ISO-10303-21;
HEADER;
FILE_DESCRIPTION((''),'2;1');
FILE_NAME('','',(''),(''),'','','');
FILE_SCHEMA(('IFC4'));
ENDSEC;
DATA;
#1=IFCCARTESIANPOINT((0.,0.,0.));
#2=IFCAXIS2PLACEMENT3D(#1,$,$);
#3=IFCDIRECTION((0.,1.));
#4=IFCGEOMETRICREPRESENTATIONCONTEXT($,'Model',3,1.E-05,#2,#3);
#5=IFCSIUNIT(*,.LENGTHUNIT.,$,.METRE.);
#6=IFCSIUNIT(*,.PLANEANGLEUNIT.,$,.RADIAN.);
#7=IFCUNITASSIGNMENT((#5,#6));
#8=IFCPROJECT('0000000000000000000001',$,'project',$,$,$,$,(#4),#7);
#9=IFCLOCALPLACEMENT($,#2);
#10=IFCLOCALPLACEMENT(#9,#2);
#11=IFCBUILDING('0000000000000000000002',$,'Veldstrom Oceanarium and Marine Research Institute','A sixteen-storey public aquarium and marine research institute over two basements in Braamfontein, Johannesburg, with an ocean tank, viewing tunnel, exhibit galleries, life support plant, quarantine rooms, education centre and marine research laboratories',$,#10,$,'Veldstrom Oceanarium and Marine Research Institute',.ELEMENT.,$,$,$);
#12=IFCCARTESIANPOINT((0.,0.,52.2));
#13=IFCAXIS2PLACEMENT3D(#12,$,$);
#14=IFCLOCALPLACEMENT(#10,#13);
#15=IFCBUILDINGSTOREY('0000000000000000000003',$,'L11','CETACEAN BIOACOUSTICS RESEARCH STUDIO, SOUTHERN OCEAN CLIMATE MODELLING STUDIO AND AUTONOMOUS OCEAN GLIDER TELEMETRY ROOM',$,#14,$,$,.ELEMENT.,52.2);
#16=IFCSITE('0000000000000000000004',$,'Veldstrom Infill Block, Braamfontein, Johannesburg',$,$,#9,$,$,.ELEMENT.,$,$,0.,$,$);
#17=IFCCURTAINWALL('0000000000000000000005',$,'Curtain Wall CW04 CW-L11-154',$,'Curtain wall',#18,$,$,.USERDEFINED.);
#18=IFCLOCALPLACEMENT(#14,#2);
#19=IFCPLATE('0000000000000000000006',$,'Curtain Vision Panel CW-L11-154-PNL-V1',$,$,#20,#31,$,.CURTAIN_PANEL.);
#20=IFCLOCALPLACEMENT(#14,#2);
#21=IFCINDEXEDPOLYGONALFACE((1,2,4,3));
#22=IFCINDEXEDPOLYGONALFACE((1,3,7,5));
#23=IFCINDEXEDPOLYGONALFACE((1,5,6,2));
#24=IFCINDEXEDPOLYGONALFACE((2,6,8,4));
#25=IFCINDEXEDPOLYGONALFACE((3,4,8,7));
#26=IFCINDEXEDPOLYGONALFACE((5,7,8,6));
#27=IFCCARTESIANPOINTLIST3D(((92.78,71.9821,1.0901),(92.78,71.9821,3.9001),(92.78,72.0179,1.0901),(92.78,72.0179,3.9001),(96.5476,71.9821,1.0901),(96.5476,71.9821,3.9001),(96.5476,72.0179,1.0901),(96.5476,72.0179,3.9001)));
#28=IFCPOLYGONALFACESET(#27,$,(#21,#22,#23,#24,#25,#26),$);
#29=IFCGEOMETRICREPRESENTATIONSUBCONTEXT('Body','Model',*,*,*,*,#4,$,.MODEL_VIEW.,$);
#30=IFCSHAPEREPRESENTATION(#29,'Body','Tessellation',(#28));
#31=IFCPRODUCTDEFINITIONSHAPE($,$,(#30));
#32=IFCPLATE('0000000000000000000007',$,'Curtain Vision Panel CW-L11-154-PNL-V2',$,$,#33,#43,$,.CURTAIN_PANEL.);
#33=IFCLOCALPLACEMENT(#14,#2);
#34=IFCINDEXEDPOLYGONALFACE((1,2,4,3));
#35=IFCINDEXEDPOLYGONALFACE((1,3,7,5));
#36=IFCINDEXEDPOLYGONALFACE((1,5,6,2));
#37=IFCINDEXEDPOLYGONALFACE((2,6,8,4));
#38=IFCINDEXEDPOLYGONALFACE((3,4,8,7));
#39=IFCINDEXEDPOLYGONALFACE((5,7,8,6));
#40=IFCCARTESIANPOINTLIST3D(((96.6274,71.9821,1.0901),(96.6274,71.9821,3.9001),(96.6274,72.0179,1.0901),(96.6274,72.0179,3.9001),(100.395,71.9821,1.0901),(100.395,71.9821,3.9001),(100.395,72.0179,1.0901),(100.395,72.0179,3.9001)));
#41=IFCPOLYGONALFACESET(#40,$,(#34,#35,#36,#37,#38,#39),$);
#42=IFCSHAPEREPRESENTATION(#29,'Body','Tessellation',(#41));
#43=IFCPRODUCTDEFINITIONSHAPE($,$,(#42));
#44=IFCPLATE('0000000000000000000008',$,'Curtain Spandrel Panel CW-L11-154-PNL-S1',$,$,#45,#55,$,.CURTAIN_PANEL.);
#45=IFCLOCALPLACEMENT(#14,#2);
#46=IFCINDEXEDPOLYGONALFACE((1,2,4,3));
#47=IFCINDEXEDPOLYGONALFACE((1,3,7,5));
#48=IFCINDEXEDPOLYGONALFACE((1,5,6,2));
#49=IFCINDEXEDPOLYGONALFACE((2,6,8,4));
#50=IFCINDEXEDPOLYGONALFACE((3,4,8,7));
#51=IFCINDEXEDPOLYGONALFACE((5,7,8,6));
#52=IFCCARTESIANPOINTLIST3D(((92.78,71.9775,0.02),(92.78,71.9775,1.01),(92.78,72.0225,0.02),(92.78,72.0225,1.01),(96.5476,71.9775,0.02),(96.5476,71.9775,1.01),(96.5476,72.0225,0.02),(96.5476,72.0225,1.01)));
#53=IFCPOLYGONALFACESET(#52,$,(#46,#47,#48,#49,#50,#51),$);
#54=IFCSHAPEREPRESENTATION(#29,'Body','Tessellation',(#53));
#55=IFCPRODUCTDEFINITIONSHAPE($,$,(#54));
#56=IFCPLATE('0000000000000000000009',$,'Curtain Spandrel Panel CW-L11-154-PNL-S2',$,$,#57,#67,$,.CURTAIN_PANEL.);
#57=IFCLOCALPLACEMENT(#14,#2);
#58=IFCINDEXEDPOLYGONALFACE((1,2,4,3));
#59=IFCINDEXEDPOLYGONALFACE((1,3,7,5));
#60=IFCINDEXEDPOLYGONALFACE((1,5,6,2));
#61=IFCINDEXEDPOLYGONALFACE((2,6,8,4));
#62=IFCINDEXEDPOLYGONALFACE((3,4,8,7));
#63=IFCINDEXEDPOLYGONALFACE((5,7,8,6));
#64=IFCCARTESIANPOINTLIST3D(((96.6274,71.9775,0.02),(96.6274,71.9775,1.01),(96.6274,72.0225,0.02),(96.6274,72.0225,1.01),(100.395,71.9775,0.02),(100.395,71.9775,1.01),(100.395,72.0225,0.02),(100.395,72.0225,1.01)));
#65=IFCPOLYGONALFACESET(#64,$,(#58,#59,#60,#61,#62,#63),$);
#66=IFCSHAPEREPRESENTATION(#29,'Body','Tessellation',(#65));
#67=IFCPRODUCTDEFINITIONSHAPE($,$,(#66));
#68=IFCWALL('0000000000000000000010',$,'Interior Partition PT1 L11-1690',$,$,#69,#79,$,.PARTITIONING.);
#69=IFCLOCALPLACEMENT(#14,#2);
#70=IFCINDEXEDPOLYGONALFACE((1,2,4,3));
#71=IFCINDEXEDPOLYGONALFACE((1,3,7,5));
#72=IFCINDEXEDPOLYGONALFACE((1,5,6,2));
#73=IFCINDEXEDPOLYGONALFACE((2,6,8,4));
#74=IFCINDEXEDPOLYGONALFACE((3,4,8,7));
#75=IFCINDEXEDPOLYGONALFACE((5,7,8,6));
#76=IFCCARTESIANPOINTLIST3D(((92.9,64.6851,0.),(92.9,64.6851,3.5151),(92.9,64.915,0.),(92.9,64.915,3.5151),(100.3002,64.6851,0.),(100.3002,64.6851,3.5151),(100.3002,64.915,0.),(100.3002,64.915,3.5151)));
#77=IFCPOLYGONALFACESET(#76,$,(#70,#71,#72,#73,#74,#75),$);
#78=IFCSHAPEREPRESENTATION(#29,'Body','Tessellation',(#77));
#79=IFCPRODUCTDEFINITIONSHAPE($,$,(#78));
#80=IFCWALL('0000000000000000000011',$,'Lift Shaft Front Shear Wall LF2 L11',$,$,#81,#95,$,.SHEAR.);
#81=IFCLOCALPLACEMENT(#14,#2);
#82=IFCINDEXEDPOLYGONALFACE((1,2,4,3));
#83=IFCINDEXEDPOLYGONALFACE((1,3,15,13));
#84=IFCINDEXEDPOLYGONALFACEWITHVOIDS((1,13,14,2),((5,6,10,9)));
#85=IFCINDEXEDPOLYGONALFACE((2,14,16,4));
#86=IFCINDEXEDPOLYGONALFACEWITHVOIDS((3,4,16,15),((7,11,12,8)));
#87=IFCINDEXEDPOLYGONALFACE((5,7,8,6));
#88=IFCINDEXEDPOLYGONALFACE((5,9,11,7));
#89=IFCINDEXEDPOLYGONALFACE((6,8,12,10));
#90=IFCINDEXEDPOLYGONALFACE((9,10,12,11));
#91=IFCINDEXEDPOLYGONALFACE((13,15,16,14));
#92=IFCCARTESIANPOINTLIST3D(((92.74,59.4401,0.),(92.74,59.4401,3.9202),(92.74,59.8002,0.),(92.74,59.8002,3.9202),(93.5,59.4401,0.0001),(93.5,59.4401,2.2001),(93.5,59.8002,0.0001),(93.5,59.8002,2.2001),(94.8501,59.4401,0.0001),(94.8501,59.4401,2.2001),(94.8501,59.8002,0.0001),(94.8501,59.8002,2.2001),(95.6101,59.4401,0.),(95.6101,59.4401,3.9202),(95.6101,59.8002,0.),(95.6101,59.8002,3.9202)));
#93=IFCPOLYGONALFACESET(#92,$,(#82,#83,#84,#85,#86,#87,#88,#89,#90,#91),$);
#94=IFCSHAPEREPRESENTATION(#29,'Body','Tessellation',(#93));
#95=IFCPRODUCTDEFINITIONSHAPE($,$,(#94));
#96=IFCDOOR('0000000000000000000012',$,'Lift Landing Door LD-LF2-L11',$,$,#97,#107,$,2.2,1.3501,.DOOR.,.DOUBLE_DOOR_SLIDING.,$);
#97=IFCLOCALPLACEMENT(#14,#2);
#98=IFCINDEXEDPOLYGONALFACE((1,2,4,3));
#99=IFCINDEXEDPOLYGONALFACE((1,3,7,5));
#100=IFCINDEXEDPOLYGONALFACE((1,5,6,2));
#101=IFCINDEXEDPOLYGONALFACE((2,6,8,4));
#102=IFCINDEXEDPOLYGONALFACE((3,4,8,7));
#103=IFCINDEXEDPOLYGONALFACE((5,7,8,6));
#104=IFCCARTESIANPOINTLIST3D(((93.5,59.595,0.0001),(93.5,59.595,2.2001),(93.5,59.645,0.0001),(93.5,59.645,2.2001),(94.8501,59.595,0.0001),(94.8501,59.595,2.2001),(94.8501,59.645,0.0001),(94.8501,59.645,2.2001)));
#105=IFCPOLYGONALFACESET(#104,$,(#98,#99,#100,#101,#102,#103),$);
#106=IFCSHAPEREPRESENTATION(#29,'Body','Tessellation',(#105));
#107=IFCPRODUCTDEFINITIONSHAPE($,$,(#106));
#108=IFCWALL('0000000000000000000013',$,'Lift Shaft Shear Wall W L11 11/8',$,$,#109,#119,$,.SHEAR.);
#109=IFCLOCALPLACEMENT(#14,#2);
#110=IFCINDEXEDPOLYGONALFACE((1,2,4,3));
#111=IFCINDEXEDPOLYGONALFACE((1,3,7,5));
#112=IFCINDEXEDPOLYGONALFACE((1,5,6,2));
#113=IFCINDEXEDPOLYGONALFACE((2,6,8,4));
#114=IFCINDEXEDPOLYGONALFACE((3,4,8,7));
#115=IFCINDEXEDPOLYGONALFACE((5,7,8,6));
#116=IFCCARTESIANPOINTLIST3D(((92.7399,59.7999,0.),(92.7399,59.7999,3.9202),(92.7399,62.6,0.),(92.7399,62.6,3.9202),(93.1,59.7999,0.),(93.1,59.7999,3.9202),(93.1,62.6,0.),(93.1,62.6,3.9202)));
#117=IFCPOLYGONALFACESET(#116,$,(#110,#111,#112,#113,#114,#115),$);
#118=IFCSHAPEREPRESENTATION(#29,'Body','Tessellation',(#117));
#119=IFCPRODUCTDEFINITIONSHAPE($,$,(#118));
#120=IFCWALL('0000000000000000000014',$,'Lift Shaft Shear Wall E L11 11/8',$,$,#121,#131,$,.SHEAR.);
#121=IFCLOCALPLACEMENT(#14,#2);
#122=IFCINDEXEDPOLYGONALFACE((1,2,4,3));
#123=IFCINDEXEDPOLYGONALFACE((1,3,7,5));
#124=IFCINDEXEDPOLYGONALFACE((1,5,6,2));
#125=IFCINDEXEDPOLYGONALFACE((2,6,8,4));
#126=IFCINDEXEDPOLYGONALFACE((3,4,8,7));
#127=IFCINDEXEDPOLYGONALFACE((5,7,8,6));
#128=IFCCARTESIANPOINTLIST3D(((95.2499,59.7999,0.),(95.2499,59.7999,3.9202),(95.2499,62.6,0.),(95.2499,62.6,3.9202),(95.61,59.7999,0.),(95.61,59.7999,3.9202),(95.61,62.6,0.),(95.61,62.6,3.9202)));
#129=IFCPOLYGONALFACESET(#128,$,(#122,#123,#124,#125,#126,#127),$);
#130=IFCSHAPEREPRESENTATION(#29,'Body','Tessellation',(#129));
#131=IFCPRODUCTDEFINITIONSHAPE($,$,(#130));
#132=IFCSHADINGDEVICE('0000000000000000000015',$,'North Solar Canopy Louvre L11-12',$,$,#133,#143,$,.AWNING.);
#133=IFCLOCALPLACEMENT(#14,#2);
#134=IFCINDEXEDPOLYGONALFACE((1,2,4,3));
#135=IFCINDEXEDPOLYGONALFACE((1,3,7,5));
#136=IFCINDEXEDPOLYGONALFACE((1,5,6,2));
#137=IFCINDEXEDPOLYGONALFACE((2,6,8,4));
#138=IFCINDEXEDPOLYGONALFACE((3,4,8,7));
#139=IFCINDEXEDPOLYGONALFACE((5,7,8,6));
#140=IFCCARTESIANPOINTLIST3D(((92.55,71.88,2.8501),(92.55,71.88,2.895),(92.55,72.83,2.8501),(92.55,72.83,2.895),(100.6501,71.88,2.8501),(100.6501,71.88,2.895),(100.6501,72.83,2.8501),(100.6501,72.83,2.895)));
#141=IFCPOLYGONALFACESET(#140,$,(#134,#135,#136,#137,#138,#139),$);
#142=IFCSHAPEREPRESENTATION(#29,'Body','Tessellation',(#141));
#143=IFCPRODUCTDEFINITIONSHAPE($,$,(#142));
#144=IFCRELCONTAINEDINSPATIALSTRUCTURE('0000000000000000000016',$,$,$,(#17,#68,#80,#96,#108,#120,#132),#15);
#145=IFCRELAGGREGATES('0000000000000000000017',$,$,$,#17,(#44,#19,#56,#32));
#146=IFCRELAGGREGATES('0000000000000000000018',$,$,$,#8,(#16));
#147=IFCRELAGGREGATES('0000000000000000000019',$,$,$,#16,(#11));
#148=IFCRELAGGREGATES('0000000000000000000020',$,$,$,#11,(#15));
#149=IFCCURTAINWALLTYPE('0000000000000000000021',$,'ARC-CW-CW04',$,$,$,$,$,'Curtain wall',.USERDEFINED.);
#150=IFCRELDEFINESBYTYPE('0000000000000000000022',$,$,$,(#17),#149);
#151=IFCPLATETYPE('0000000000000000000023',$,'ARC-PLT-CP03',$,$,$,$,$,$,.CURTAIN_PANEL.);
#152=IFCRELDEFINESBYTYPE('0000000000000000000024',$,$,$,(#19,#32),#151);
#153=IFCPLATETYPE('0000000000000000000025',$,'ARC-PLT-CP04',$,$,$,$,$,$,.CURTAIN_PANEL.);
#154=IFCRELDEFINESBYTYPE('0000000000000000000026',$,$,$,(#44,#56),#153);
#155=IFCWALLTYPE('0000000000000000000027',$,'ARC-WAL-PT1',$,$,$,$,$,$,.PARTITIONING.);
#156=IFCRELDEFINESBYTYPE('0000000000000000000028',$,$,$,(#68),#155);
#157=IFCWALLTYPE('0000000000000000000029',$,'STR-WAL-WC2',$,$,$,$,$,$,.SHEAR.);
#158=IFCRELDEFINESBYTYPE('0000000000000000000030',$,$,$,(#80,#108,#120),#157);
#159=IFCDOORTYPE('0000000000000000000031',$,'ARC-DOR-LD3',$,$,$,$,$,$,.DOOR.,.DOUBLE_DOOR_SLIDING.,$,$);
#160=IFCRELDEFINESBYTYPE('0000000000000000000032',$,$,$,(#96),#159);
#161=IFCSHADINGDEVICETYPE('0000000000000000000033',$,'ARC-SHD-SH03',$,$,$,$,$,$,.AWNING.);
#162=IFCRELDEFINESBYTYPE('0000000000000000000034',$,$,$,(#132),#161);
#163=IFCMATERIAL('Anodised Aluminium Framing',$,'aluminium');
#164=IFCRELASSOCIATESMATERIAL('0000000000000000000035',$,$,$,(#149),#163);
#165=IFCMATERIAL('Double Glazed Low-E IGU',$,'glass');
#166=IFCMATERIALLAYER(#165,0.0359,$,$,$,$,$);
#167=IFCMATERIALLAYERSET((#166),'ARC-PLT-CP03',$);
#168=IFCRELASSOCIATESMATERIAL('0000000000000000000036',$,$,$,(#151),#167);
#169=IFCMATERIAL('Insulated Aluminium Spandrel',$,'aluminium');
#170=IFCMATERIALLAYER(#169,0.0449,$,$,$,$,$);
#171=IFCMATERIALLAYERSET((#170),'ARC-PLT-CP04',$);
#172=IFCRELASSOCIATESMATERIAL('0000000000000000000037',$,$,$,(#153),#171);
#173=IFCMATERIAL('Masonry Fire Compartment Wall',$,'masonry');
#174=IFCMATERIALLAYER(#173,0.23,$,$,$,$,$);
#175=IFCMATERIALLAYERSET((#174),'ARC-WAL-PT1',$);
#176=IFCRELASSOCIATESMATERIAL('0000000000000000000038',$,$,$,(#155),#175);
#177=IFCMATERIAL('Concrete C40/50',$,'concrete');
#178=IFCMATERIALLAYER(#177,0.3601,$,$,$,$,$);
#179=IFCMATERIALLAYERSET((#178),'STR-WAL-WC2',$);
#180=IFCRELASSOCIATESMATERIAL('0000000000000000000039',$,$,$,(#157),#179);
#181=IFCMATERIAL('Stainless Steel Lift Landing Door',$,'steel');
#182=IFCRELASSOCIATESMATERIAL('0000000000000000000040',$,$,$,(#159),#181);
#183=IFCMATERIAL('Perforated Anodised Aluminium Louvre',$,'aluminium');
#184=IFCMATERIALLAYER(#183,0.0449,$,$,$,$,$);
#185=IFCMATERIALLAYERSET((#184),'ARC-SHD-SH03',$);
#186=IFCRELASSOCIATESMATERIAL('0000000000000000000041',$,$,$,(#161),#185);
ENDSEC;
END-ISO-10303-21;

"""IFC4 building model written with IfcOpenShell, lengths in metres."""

from ifc_helpers import new_model, si_unit, direction, frame, frame_2d, origin, origin_2d, place, context, subcontext, project, spatial, rectangle, extrude, material, layer, layer_set, type_object, element, fill, aggregate, save


model = new_model("IFC4")

# Units and contexts
model_context = context("Model", 3, precision=1e-05, world=origin(), true_north=direction((0.0, 1.0)))
body_context = subcontext(model_context, "Body", "Model", "MODEL_VIEW")
ifc_project = project(units=[si_unit("LENGTHUNIT", "METRE"), si_unit("PLANEANGLEUNIT", "RADIAN")], contexts=[model_context])

# Site, building, storey
site_placement = place(None, origin())
site = spatial("IfcSite", under=ifc_project, at=site_placement, Name="Veldstrom Infill Block, Braamfontein, Johannesburg", CompositionType="ELEMENT", RefElevation=0.0)
building_placement = place(site_placement, origin())
building = spatial("IfcBuilding", under=site, at=building_placement, Name="Veldstrom Oceanarium and Marine Research Institute", Description="A sixteen-storey public aquarium and marine research institute over two basements in Braamfontein, Johannesburg, with an ocean tank, viewing tunnel, exhibit galleries, life support plant, quarantine rooms, education centre and marine research laboratories", LongName="Veldstrom Oceanarium and Marine Research Institute", CompositionType="ELEMENT")
storey_placement = place(building_placement, frame((0.0, 0.0, 52.2)))
storey = spatial("IfcBuildingStorey", under=building, at=storey_placement, Name="L11", Description="CETACEAN BIOACOUSTICS RESEARCH STUDIO, SOUTHERN OCEAN CLIMATE MODELLING STUDIO AND AUTONOMOUS OCEAN GLIDER TELEMETRY ROOM", CompositionType="ELEMENT", Elevation=52.2)

# Curtain wall
ifc_material_1 = material(Name="Anodised Aluminium Framing", Category="aluminium")
curtain_wall_type = type_object("IfcCurtainWallType", Name="ARC-CW-CW04", ElementType="Curtain wall", PredefinedType="USERDEFINED", material=ifc_material_1)
curtain_wall_placement = place(storey_placement, origin())
curtain_wall = element("IfcCurtainWall", 1, at=curtain_wall_placement, inside=storey, type_object=curtain_wall_type, Name="Curtain Wall CW04 CW-L11-154", ObjectType="Curtain wall", PredefinedType="USERDEFINED")

# Plates
ifc_material_2 = material(Name="Double Glazed Low-E IGU", Category="glass")
ifc_layer_1 = layer(ifc_material_2, 0.0359)
ifc_layer_set_1 = layer_set([ifc_layer_1], Name="ARC-PLT-CP03")
plate_type_1 = type_object("IfcPlateType", Name="ARC-PLT-CP03", PredefinedType="CURTAIN_PANEL", material=ifc_layer_set_1)
plate_1_placement = place(storey_placement, frame((94.6638, 72.0, 1.0901), z_axis=(0.0, 0.0, 1.0), x_axis=(1.0, 0.0, 0.0)))
plate_1 = element("IfcPlate", 2, at=plate_1_placement, type_object=plate_type_1, Name="Curtain Vision Panel CW-L11-154-PNL-V1", PredefinedType="CURTAIN_PANEL", context=body_context, shape_type="SweptSolid", body=[
    extrude(rectangle(XDim=3.7676, YDim=0.0359, at=origin_2d()), origin(), (0.0, 0.0, 1.0), 2.8101),
])
plate_2_placement = place(storey_placement, frame((98.5112, 72.0, 1.0901), z_axis=(0.0, 0.0, 1.0), x_axis=(1.0, 0.0, 0.0)))
plate_2 = element("IfcPlate", 3, at=plate_2_placement, type_object=plate_type_1, Name="Curtain Vision Panel CW-L11-154-PNL-V2", PredefinedType="CURTAIN_PANEL", context=body_context, shape_type="SweptSolid", body=[
    extrude(rectangle(XDim=3.7676, YDim=0.0359, at=origin_2d()), origin(), (0.0, 0.0, 1.0), 2.8101),
])
ifc_material_3 = material(Name="Insulated Aluminium Spandrel", Category="aluminium")
ifc_layer_2 = layer(ifc_material_3, 0.0449)
ifc_layer_set_2 = layer_set([ifc_layer_2], Name="ARC-PLT-CP04")
plate_type_2 = type_object("IfcPlateType", Name="ARC-PLT-CP04", PredefinedType="CURTAIN_PANEL", material=ifc_layer_set_2)
plate_3_placement = place(storey_placement, frame((94.6638, 72.0, 0.02), z_axis=(0.0, 0.0, 1.0), x_axis=(1.0, 0.0, 0.0)))
plate_3 = element("IfcPlate", 4, at=plate_3_placement, type_object=plate_type_2, Name="Curtain Spandrel Panel CW-L11-154-PNL-S1", PredefinedType="CURTAIN_PANEL", context=body_context, shape_type="SweptSolid", body=[
    extrude(rectangle(XDim=3.7676, YDim=0.0449, at=origin_2d()), origin(), (0.0, 0.0, 1.0), 0.99),
])
plate_4_placement = place(storey_placement, frame((98.5112, 72.0, 0.02), z_axis=(0.0, 0.0, 1.0), x_axis=(1.0, 0.0, 0.0)))
plate_4 = element("IfcPlate", 5, at=plate_4_placement, type_object=plate_type_2, Name="Curtain Spandrel Panel CW-L11-154-PNL-S2", PredefinedType="CURTAIN_PANEL", context=body_context, shape_type="SweptSolid", body=[
    extrude(rectangle(XDim=3.7676, YDim=0.0449, at=origin_2d()), origin(), (0.0, 0.0, 1.0), 0.99),
])
aggregate(curtain_wall, [plate_3, plate_1, plate_4, plate_2])

# Wall
ifc_material_4 = material(Name="Masonry Fire Compartment Wall", Category="masonry")
ifc_layer_3 = layer(ifc_material_4, 0.23)
ifc_layer_set_3 = layer_set([ifc_layer_3], Name="ARC-WAL-PT1")
wall_type_1 = type_object("IfcWallType", Name="ARC-WAL-PT1", PredefinedType="PARTITIONING", material=ifc_layer_set_3)
wall_1_placement = place(storey_placement, frame((92.8999, 64.8, 0.0), z_axis=(0.0, 0.0, 1.0), x_axis=(1.0, 0.0, 0.0)))
element("IfcWall", 6, at=wall_1_placement, inside=storey, type_object=wall_type_1, Name="Interior Partition PT1 L11-1690", PredefinedType="PARTITIONING", context=body_context, shape_type="SweptSolid", body=[
    extrude(rectangle(XDim=7.4001, YDim=0.23, at=frame_2d((3.7002, 0.0))), origin(), (0.0, 0.0, 1.0), 3.5151),
])

# Wall, opening, door
ifc_material_5 = material(Name="Concrete C40/50", Category="concrete")
ifc_layer_4 = layer(ifc_material_5, 0.3601)
ifc_layer_set_4 = layer_set([ifc_layer_4], Name="STR-WAL-WC2")
wall_type_2 = type_object("IfcWallType", Name="STR-WAL-WC2", PredefinedType="SHEAR", material=ifc_layer_set_4)
wall_2_placement = place(storey_placement, frame((92.74, 59.6201, 0.0), z_axis=(0.0, 0.0, 1.0), x_axis=(1.0, 0.0, 0.0)))
wall_2 = element("IfcWall", 7, at=wall_2_placement, inside=storey, type_object=wall_type_2, Name="Lift Shaft Front Shear Wall LF2 L11", PredefinedType="SHEAR", context=body_context, shape_type="SweptSolid", body=[
    extrude(rectangle(XDim=2.8701, YDim=0.3601, at=frame_2d((1.4351, 0.0))), origin(), (0.0, 0.0, 1.0), 3.9202),
])
opening_placement = place(wall_2_placement, frame((0.76, 0.0, 0.0)))
opening = element("IfcOpeningElement", 8, at=opening_placement, cuts=wall_2, PredefinedType="OPENING", context=body_context, shape_type="SweptSolid", body=[
    extrude(rectangle(XDim=1.3501, YDim=2.2, at=frame_2d((0.675, 1.1001))), frame((0.0, 0.1899, 0.0), z_axis=(0.0, -1.0, 0.0), x_axis=(1.0, 0.0, 0.0)), (0.0, 0.0, 1.0), 0.3801),
])
ifc_material_6 = material(Name="Stainless Steel Lift Landing Door", Category="steel")
door_type = type_object("IfcDoorType", Name="ARC-DOR-LD3", OperationType="DOUBLE_DOOR_SLIDING", PredefinedType="DOOR", material=ifc_material_6)
door_placement = place(opening_placement, origin())
door = element("IfcDoor", 9, at=door_placement, inside=storey, type_object=door_type, Name="Lift Landing Door LD-LF2-L11", OperationType="DOUBLE_DOOR_SLIDING", OverallHeight=2.2, OverallWidth=1.3501, PredefinedType="DOOR", context=body_context, shape_type="SweptSolid", body=[
    extrude(rectangle(XDim=1.3501, YDim=2.2, at=frame_2d((0.675, 1.1001))), frame((0.0, 0.0249, 0.0), z_axis=(0.0, -1.0, 0.0), x_axis=(1.0, 0.0, 0.0)), (0.0, 0.0, 1.0), 0.05),
])
fill(opening, door)

# Walls
for number, where, z_axis, x_axis, name in (
    (10, (92.9199, 59.8, 0.0), (0.0, 0.0, 1.0), (0.0, 1.0, 0.0), "Lift Shaft Shear Wall W L11 11/8"),
    (11, (95.4299, 59.8, 0.0), (0.0, 0.0, 1.0), (0.0, 1.0, 0.0), "Lift Shaft Shear Wall E L11 11/8"),
):
    element("IfcWall", number, at=place(storey_placement, frame(where, z_axis=z_axis, x_axis=x_axis)), inside=storey, type_object=wall_type_2, Name=name, PredefinedType="SHEAR", context=body_context, shape_type="SweptSolid", body=[
        extrude(rectangle(XDim=2.8, YDim=0.3601, at=frame_2d((1.3999, 0.0))), origin(), (0.0, 0.0, 1.0), 3.9202),
    ])

# Shading device
ifc_material_7 = material(Name="Perforated Anodised Aluminium Louvre", Category="aluminium")
ifc_layer_5 = layer(ifc_material_7, 0.0449)
ifc_layer_set_5 = layer_set([ifc_layer_5], Name="ARC-SHD-SH03")
shading_device_type = type_object("IfcShadingDeviceType", Name="ARC-SHD-SH03", PredefinedType="AWNING", material=ifc_layer_set_5)
shading_device_placement = place(storey_placement, frame((96.6001, 72.355, 2.8501), z_axis=(0.0, 0.0, 1.0), x_axis=(1.0, 0.0, 0.0)))
element("IfcShadingDevice", 12, at=shading_device_placement, inside=storey, type_object=shading_device_type, Name="North Solar Canopy Louvre L11-12", PredefinedType="AWNING", context=body_context, shape_type="SweptSolid", body=[
    extrude(rectangle(XDim=8.1001, YDim=0.95, at=origin_2d()), origin(), (0.0, 0.0, 1.0), 0.0449),
])

save(model, "model.ifc")
